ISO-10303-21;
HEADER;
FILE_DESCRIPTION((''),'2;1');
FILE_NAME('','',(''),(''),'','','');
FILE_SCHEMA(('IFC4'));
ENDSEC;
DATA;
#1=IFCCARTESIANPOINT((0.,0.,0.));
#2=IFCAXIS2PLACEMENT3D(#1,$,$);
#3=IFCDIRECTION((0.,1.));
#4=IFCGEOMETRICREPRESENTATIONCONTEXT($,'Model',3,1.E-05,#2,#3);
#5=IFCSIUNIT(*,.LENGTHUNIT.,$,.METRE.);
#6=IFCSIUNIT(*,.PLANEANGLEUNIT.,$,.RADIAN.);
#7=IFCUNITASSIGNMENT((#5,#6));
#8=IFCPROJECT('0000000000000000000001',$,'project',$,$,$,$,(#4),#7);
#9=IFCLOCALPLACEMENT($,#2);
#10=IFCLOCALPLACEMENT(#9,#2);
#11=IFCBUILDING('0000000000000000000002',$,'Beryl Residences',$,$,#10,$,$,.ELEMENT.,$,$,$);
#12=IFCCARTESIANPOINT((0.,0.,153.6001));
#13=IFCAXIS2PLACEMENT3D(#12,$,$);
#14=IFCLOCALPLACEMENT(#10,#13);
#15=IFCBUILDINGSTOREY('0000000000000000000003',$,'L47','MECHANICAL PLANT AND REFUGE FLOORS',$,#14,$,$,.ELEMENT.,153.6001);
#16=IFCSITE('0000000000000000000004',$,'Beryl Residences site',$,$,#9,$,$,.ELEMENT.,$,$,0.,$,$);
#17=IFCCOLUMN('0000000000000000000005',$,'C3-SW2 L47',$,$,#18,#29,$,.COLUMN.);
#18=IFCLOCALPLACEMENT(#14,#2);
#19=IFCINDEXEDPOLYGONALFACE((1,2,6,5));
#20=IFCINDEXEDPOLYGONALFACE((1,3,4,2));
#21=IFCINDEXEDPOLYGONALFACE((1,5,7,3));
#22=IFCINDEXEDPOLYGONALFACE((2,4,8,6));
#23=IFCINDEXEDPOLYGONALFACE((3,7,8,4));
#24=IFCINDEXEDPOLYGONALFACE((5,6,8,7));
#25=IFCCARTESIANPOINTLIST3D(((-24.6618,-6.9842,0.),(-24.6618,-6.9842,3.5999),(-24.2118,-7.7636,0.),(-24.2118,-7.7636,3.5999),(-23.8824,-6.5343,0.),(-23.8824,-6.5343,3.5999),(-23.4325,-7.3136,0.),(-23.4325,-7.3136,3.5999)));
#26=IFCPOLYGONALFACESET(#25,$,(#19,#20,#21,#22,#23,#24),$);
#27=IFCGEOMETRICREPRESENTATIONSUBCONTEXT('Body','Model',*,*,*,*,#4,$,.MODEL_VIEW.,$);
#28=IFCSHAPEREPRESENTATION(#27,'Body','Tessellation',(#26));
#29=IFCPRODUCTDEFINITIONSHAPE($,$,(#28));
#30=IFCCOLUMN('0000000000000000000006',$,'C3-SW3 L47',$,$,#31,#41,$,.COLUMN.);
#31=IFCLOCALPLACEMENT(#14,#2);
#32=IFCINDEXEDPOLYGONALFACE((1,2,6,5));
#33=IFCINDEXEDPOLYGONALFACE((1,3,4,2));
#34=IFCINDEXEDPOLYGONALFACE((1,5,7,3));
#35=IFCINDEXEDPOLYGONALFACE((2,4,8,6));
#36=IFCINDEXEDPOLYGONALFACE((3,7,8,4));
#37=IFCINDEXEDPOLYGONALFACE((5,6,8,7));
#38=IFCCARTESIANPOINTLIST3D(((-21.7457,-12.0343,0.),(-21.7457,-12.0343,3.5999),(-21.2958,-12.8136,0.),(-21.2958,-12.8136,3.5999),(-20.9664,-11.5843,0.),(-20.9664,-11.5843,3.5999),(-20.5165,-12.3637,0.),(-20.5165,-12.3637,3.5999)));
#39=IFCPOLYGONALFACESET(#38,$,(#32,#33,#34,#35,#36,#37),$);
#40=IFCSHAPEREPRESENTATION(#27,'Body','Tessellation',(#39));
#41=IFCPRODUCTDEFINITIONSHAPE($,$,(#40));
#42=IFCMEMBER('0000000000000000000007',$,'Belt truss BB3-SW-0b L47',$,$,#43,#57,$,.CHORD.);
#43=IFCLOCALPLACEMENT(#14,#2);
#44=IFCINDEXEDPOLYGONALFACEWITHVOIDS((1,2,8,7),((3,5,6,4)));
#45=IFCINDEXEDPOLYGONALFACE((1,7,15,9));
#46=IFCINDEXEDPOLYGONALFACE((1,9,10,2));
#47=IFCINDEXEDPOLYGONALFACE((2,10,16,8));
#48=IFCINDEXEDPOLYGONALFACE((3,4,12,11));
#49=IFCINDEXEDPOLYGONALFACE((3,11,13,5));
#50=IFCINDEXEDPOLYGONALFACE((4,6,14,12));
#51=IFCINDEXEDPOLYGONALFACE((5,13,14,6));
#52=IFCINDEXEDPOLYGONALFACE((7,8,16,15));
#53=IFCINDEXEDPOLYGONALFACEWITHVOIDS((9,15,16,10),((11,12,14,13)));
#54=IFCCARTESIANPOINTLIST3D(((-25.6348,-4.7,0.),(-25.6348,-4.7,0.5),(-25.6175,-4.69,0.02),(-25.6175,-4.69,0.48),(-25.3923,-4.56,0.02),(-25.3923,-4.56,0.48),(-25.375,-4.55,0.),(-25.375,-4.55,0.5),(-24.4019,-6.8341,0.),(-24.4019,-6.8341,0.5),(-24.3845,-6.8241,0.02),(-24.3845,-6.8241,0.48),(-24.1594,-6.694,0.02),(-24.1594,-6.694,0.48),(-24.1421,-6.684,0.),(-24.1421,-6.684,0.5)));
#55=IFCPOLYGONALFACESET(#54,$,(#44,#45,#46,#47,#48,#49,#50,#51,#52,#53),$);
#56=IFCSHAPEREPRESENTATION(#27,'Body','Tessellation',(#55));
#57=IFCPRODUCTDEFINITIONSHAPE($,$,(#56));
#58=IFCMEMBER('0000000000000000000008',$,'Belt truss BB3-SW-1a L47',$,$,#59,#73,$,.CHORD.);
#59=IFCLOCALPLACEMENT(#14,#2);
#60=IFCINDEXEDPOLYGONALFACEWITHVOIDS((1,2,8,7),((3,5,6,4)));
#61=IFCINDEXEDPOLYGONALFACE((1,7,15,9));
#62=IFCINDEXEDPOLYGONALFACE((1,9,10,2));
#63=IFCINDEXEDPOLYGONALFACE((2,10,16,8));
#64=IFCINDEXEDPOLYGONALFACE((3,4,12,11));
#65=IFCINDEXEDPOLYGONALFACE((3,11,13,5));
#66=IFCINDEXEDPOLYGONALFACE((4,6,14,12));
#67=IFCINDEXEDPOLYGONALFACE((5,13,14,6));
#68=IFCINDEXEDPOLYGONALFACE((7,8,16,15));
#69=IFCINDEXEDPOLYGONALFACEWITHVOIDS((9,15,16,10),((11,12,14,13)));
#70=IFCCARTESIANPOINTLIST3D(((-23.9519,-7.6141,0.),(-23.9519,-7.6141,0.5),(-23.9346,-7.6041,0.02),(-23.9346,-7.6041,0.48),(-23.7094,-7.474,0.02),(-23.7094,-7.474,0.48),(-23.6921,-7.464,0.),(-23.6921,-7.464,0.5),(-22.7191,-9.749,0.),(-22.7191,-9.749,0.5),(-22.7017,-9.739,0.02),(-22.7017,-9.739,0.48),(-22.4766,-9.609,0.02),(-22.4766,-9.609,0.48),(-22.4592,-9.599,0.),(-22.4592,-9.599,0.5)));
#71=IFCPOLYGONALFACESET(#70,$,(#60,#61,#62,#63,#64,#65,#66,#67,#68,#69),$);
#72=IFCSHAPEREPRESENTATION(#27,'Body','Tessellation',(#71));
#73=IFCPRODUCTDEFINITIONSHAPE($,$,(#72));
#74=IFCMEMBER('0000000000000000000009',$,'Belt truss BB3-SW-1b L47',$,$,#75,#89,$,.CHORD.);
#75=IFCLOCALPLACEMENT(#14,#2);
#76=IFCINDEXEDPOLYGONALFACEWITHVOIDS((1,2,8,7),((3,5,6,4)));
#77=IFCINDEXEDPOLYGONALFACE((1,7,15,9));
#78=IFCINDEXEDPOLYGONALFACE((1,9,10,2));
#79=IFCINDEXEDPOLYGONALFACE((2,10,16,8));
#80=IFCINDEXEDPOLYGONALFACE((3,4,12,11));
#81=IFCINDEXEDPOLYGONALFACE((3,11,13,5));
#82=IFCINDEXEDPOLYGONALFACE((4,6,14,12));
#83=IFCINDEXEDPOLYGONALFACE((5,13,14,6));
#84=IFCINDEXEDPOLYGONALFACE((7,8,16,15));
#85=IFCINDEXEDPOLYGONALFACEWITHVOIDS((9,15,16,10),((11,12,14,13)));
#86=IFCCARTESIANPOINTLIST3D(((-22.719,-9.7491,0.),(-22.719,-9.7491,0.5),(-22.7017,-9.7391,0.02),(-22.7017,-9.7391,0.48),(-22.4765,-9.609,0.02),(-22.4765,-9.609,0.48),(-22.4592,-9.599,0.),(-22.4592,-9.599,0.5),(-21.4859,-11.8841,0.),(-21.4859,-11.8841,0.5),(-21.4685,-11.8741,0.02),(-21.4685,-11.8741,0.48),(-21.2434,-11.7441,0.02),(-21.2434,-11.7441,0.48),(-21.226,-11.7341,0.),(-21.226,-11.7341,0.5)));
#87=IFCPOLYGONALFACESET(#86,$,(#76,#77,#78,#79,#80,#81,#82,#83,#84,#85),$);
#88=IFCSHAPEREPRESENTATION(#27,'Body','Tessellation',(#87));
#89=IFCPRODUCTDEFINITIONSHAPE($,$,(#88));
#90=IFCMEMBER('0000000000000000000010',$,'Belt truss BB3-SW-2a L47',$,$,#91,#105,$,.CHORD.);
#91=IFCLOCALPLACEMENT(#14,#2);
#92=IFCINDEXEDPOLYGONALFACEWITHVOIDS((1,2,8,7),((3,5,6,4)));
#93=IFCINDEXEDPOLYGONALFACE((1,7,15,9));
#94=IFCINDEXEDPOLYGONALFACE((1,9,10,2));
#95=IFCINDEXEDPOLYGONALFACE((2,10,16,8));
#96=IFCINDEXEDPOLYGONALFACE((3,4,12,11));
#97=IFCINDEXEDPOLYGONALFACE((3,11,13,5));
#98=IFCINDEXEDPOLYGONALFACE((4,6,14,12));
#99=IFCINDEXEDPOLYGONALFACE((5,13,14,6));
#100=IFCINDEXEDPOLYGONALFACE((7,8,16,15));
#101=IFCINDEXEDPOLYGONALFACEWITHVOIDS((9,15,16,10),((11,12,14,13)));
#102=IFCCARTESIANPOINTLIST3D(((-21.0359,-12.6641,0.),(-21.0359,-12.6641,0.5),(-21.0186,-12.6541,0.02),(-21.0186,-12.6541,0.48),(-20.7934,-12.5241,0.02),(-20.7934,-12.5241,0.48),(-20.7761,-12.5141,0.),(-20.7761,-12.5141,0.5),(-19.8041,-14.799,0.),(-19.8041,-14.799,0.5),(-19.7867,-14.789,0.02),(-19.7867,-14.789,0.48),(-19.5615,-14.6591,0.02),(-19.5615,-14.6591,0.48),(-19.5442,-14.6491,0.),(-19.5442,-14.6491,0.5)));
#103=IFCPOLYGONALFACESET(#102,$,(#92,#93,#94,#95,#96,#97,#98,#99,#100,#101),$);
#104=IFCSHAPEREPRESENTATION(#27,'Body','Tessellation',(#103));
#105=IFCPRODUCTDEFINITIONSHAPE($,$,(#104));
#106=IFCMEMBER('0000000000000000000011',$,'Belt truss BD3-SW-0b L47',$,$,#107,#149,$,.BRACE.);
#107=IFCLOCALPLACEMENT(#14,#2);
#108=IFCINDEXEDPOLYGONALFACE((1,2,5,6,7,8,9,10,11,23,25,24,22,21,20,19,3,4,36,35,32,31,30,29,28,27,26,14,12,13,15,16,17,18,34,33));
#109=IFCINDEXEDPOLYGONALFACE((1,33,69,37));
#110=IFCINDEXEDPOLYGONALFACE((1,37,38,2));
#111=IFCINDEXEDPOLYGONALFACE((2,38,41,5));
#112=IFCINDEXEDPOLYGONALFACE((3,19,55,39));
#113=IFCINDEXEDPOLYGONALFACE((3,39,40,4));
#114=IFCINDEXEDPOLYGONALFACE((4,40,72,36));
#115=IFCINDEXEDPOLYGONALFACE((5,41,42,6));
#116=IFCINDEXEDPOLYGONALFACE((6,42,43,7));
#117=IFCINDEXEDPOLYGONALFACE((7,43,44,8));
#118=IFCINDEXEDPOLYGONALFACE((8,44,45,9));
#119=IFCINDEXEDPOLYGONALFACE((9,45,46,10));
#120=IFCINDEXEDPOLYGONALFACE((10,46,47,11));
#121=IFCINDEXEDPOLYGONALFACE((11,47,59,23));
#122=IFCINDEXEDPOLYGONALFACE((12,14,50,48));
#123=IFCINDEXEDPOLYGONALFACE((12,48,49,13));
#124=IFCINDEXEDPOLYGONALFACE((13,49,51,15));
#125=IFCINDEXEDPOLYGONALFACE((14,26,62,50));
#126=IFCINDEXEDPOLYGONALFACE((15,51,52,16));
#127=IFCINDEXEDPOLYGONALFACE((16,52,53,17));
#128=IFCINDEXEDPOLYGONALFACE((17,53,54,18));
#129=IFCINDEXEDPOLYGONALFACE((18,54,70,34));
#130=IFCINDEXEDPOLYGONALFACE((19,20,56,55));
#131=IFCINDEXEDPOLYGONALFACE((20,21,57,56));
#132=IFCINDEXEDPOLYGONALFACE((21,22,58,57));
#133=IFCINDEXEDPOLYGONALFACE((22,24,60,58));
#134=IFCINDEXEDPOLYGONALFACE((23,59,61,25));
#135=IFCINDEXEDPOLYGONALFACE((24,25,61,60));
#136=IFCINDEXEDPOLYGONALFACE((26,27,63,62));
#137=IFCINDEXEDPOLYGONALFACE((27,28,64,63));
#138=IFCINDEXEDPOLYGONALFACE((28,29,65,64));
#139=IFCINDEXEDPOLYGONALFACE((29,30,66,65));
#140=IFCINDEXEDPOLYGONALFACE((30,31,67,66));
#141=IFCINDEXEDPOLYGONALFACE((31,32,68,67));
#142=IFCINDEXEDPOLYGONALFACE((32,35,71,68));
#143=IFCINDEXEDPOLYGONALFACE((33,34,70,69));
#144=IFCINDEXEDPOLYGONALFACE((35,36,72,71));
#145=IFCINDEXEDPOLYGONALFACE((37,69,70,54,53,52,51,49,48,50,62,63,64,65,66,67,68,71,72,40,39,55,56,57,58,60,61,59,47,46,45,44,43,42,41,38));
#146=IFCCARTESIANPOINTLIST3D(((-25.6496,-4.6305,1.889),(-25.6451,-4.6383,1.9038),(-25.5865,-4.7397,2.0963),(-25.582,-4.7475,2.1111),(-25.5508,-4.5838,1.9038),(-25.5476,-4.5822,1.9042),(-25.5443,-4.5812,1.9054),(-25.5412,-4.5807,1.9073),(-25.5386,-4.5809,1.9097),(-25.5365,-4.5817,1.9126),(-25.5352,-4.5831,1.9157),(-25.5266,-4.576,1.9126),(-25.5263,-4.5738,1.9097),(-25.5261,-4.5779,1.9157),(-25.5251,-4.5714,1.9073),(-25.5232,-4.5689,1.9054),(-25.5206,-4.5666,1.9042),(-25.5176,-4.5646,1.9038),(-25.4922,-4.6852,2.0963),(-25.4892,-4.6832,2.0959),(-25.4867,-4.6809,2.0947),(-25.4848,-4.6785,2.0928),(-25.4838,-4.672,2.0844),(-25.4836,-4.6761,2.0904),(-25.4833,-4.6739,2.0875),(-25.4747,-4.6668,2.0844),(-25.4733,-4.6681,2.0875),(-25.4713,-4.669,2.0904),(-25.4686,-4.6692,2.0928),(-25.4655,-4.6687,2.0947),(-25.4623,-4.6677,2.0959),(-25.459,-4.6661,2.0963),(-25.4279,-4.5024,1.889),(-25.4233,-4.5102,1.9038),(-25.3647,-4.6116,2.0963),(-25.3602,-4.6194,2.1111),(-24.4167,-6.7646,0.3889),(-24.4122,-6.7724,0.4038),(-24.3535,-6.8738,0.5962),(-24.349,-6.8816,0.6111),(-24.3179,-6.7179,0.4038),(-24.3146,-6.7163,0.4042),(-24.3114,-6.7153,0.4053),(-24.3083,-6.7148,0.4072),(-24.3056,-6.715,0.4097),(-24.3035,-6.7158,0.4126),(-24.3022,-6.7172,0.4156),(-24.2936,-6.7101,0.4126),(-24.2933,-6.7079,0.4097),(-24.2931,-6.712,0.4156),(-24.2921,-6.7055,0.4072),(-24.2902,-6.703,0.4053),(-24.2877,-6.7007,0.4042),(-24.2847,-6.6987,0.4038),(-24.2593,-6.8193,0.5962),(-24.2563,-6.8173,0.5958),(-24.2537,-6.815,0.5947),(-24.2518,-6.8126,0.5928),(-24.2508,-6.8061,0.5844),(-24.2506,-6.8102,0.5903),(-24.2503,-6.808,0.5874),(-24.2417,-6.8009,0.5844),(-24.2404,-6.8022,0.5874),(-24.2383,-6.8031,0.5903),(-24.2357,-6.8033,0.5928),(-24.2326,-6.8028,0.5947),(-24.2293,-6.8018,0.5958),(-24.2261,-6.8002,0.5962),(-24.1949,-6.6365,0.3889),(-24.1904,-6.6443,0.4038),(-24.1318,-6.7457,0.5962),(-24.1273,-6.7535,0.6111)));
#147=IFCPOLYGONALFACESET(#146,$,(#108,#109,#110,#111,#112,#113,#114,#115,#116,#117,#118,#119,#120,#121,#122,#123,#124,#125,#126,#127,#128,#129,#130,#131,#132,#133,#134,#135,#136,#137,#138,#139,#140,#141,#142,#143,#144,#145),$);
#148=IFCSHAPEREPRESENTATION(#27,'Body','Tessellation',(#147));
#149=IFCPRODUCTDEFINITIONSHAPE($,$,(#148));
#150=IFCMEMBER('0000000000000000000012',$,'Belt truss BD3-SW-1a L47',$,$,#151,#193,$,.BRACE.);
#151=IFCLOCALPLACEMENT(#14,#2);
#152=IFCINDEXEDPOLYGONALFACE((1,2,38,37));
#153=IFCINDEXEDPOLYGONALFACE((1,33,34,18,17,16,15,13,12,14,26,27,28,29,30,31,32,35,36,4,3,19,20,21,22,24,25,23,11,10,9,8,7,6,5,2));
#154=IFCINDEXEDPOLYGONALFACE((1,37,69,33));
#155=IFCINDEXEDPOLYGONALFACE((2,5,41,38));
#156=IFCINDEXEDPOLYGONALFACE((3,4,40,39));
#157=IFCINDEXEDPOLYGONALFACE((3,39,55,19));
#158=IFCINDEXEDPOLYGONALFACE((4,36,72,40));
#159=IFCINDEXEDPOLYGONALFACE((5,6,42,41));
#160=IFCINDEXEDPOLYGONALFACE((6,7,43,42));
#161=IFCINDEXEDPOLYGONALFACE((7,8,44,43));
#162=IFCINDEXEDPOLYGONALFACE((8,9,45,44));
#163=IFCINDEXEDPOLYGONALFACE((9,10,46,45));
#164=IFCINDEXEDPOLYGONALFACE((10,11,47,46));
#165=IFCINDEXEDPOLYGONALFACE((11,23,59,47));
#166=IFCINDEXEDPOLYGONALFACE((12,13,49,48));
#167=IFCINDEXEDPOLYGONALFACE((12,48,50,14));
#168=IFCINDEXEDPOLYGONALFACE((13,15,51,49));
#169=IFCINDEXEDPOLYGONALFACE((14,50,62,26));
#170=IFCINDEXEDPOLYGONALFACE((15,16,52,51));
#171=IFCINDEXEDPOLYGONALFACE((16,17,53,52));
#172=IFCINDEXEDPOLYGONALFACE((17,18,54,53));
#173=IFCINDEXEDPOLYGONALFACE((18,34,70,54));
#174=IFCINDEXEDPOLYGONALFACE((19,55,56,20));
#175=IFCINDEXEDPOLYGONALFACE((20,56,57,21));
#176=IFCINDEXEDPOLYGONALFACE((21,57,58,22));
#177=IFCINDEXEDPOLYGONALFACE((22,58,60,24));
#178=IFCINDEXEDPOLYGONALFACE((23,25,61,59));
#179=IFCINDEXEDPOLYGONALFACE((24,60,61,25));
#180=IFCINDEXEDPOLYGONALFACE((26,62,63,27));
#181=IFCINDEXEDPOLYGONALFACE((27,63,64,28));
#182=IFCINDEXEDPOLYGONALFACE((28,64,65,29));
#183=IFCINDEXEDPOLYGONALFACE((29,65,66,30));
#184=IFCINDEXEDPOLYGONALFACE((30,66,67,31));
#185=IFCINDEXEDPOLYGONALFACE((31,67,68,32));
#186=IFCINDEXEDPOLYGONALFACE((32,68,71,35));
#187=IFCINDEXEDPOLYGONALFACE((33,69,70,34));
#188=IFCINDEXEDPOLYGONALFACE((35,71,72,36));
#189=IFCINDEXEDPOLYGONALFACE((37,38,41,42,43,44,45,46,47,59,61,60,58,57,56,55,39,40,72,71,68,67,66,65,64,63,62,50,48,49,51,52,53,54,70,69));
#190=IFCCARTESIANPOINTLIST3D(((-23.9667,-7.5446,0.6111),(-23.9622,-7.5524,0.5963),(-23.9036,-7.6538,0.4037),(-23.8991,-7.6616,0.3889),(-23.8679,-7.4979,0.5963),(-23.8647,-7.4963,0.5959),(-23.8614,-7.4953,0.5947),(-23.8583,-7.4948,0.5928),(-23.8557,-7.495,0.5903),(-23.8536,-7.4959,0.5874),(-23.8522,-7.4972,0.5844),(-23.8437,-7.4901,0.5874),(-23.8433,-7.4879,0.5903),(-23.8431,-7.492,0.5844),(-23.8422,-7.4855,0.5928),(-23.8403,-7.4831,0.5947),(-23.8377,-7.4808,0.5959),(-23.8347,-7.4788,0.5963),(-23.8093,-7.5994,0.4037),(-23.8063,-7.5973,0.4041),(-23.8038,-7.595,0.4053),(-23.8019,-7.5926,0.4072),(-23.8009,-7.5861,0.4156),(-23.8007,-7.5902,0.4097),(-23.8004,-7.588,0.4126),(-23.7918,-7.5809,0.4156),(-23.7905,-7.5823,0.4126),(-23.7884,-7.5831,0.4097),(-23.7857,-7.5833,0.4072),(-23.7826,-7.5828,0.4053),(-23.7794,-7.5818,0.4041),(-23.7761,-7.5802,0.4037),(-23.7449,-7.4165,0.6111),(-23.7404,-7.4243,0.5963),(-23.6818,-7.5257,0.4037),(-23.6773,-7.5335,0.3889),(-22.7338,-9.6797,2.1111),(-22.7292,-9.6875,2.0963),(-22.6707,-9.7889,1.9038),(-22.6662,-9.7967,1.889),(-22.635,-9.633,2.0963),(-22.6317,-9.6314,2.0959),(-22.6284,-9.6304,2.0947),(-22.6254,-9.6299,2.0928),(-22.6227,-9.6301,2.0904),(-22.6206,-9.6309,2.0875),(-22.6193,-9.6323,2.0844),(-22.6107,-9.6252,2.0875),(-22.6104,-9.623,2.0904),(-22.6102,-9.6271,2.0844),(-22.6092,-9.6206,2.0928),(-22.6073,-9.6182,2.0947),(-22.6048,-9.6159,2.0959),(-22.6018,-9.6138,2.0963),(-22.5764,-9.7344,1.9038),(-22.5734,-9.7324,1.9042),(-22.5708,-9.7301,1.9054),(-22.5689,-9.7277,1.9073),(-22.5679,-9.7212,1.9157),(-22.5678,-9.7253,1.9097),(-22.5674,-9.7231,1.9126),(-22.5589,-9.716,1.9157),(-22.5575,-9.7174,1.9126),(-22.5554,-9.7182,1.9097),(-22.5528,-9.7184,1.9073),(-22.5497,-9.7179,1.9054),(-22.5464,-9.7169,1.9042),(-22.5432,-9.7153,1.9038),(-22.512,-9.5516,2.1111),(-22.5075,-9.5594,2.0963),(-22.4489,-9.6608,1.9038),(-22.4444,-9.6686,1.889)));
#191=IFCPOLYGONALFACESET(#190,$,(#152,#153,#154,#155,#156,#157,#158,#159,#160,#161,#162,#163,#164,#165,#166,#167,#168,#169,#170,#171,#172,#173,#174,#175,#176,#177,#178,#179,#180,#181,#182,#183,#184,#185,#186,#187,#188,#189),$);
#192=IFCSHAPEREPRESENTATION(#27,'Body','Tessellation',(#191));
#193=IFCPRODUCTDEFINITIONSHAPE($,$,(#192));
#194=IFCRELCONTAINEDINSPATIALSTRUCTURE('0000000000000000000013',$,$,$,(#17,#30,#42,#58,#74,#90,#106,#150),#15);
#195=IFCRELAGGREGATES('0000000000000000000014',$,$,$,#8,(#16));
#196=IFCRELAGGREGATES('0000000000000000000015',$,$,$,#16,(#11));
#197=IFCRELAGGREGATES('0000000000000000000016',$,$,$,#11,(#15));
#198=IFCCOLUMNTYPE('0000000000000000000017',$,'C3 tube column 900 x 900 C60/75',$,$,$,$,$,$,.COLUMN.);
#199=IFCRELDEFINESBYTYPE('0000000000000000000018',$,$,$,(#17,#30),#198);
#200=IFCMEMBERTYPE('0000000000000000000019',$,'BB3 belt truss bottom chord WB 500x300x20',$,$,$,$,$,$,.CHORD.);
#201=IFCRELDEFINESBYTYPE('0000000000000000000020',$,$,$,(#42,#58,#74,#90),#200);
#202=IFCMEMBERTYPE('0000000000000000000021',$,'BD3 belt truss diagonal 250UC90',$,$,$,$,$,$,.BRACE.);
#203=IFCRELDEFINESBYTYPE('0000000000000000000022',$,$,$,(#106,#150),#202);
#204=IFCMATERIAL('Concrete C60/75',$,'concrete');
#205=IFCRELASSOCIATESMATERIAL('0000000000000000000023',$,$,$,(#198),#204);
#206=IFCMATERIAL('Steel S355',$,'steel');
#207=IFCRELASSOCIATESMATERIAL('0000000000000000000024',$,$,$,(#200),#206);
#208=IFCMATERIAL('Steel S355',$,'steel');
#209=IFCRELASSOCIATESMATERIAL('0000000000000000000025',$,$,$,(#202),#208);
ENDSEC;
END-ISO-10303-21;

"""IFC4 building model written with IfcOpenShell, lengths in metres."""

from ifc_helpers import new_model, si_unit, direction, frame, origin, origin_2d, place, context, subcontext, project, spatial, rectangle, hollow_rectangle, i_section, extrude, material, material_profile, profile_set, type_object, element, save


model = new_model("IFC4")

# Units and contexts
model_context = context("Model", 3, precision=1e-05, world=origin(), true_north=direction((0.0, 1.0)))
body_context = subcontext(model_context, "Body", "Model", "MODEL_VIEW")
ifc_project = project(units=[si_unit("LENGTHUNIT", "METRE"), si_unit("PLANEANGLEUNIT", "RADIAN")], contexts=[model_context])

# Site, building, storey
site_placement = place(None, origin())
site = spatial("IfcSite", under=ifc_project, at=site_placement, Name="Beryl Residences site", CompositionType="ELEMENT", RefElevation=0.0)
building_placement = place(site_placement, origin())
building = spatial("IfcBuilding", under=site, at=building_placement, Name="Beryl Residences", CompositionType="ELEMENT")
storey_placement = place(building_placement, frame((0.0, 0.0, 153.6001)))
storey = spatial("IfcBuildingStorey", under=building, at=storey_placement, Name="L47", Description="MECHANICAL PLANT AND REFUGE FLOORS", CompositionType="ELEMENT", Elevation=153.6001)

# Columns
ifc_material_1 = material(Name="Concrete C60/75", Category="concrete")
ifc_material_profile_1 = material_profile(ifc_material_1, rectangle(XDim=0.8999, YDim=0.8999, at=origin_2d()))
ifc_profile_set_1 = profile_set([ifc_material_profile_1], Name="Concrete C60/75")
column_type = type_object("IfcColumnType", Name="C3 tube column 900 x 900 C60/75", PredefinedType="COLUMN", material=ifc_profile_set_1)
for number, where, z_axis, x_axis, name in (
    (1, (-24.0471, -7.1489, 0.0), (0.0, 0.0, 1.0), (0.5, -0.866025, 0.0), "C3-SW2 L47"),
    (2, (-21.1311, -12.199, 0.0), (0.0, 0.0, 1.0), (0.5, -0.866025, 0.0), "C3-SW3 L47"),
):
    element("IfcColumn", number, at=place(storey_placement, frame(where, z_axis=z_axis, x_axis=x_axis)), inside=storey, type_object=column_type, Name=name, PredefinedType="COLUMN", context=body_context, shape_type="SweptSolid", body=[
        extrude(rectangle(XDim=0.8999, YDim=0.8999, at=origin_2d()), origin(), (0.0, 0.0, 1.0), 3.5999),
    ])

# Members
ifc_material_2 = material(Name="Steel S355", Category="steel")
ifc_material_profile_2 = material_profile(ifc_material_2, hollow_rectangle(XDim=0.3, YDim=0.5, WallThickness=0.02, at=origin_2d()))
ifc_profile_set_2 = profile_set([ifc_material_profile_2], Name="Steel S355")
member_type_1 = type_object("IfcMemberType", Name="BB3 belt truss bottom chord WB 500x300x20", PredefinedType="CHORD", material=ifc_profile_set_2)
member_1_placement = place(storey_placement, frame((-25.5049, -4.625, 0.25), z_axis=(0.500251, -0.86588, 0.0), x_axis=(0.86588, 0.500251, 0.0)))
element("IfcMember", 3, at=member_1_placement, inside=storey, type_object=member_type_1, Name="Belt truss BB3-SW-0b L47", PredefinedType="CHORD", context=body_context, shape_type="SweptSolid", body=[
    extrude(hollow_rectangle(XDim=0.3, YDim=0.5, WallThickness=0.02, at=origin_2d()), origin(), (0.0, 0.0, 1.0), 2.4646),
])
member_2_placement = place(storey_placement, frame((-23.822, -7.5391, 0.25), z_axis=(0.50008, -0.865979, 0.0), x_axis=(0.865979, 0.50008, 0.0)))
element("IfcMember", 4, at=member_2_placement, inside=storey, type_object=member_type_1, Name="Belt truss BB3-SW-1a L47", PredefinedType="CHORD", context=body_context, shape_type="SweptSolid", body=[
    extrude(hollow_rectangle(XDim=0.3, YDim=0.5, WallThickness=0.02, at=origin_2d()), origin(), (0.0, 0.0, 1.0), 2.4653),
])
member_3_placement = place(storey_placement, frame((-22.5891, -9.6741, 0.25), z_axis=(0.500154, -0.865937, 0.0), x_axis=(0.865937, 0.500154, 0.0)))
element("IfcMember", 5, at=member_3_placement, inside=storey, type_object=member_type_1, Name="Belt truss BB3-SW-1b L47", PredefinedType="CHORD", context=body_context, shape_type="SweptSolid", body=[
    extrude(hollow_rectangle(XDim=0.3, YDim=0.5, WallThickness=0.02, at=origin_2d()), origin(), (0.0, 0.0, 1.0), 2.4656),
])
member_4_placement = place(storey_placement, frame((-20.906, -12.5891, 0.25), z_axis=(0.499782, -0.866151, 0.0), x_axis=(0.866151, 0.499782, 0.0)))
element("IfcMember", 6, at=member_4_placement, inside=storey, type_object=member_type_1, Name="Belt truss BB3-SW-2a L47", PredefinedType="CHORD", context=body_context, shape_type="SweptSolid", body=[
    extrude(hollow_rectangle(XDim=0.3, YDim=0.5, WallThickness=0.02, at=origin_2d()), origin(), (0.0, 0.0, 1.0), 2.4648),
])
ifc_material_3 = material(Name="Steel S355", Category="steel")
ifc_material_profile_3 = material_profile(ifc_material_3, i_section(OverallWidth=0.2561, OverallDepth=0.26, WebThickness=0.0105, FlangeThickness=0.0173, FilletRadius=0.0139, at=origin_2d()))
ifc_profile_set_3 = profile_set([ifc_material_profile_3], Name="Steel S355")
member_type_2 = type_object("IfcMemberType", Name="BD3 belt truss diagonal 250UC90", PredefinedType="BRACE", material=ifc_profile_set_3)
member_5_placement = place(storey_placement, frame((-24.272, -6.759, 0.5), z_axis=(-0.427328, 0.739658, 0.519901), x_axis=(-0.86588, -0.500251, 0.0)))
element("IfcMember", 7, at=member_5_placement, inside=storey, type_object=member_type_2, Name="Belt truss BD3-SW-0b L47", PredefinedType="BRACE", context=body_context, shape_type="SweptSolid", body=[
    extrude(i_section(OverallWidth=0.2561, OverallDepth=0.26, WebThickness=0.0105, FlangeThickness=0.0173, FilletRadius=0.0139, at=origin_2d()), origin(), (0.0, 0.0, 1.0), 2.8853),
])
for number, where, z_axis, x_axis, name in (
    (8, (-23.822, -7.5391, 0.5), (0.427221, -0.739811, 0.519771), (0.865979, 0.50008, 0.0), "Belt truss BD3-SW-1a L47"),
):
    element("IfcMember", number, at=place(storey_placement, frame(where, z_axis=z_axis, x_axis=x_axis)), inside=storey, type_object=member_type_2, Name=name, PredefinedType="BRACE", context=body_context, shape_type="SweptSolid", body=[
        extrude(i_section(OverallWidth=0.2561, OverallDepth=0.26, WebThickness=0.0105, FlangeThickness=0.0173, FilletRadius=0.0139, at=origin_2d()), origin(), (0.0, 0.0, 1.0), 2.886),
    ])

save(model, "model.ifc")
